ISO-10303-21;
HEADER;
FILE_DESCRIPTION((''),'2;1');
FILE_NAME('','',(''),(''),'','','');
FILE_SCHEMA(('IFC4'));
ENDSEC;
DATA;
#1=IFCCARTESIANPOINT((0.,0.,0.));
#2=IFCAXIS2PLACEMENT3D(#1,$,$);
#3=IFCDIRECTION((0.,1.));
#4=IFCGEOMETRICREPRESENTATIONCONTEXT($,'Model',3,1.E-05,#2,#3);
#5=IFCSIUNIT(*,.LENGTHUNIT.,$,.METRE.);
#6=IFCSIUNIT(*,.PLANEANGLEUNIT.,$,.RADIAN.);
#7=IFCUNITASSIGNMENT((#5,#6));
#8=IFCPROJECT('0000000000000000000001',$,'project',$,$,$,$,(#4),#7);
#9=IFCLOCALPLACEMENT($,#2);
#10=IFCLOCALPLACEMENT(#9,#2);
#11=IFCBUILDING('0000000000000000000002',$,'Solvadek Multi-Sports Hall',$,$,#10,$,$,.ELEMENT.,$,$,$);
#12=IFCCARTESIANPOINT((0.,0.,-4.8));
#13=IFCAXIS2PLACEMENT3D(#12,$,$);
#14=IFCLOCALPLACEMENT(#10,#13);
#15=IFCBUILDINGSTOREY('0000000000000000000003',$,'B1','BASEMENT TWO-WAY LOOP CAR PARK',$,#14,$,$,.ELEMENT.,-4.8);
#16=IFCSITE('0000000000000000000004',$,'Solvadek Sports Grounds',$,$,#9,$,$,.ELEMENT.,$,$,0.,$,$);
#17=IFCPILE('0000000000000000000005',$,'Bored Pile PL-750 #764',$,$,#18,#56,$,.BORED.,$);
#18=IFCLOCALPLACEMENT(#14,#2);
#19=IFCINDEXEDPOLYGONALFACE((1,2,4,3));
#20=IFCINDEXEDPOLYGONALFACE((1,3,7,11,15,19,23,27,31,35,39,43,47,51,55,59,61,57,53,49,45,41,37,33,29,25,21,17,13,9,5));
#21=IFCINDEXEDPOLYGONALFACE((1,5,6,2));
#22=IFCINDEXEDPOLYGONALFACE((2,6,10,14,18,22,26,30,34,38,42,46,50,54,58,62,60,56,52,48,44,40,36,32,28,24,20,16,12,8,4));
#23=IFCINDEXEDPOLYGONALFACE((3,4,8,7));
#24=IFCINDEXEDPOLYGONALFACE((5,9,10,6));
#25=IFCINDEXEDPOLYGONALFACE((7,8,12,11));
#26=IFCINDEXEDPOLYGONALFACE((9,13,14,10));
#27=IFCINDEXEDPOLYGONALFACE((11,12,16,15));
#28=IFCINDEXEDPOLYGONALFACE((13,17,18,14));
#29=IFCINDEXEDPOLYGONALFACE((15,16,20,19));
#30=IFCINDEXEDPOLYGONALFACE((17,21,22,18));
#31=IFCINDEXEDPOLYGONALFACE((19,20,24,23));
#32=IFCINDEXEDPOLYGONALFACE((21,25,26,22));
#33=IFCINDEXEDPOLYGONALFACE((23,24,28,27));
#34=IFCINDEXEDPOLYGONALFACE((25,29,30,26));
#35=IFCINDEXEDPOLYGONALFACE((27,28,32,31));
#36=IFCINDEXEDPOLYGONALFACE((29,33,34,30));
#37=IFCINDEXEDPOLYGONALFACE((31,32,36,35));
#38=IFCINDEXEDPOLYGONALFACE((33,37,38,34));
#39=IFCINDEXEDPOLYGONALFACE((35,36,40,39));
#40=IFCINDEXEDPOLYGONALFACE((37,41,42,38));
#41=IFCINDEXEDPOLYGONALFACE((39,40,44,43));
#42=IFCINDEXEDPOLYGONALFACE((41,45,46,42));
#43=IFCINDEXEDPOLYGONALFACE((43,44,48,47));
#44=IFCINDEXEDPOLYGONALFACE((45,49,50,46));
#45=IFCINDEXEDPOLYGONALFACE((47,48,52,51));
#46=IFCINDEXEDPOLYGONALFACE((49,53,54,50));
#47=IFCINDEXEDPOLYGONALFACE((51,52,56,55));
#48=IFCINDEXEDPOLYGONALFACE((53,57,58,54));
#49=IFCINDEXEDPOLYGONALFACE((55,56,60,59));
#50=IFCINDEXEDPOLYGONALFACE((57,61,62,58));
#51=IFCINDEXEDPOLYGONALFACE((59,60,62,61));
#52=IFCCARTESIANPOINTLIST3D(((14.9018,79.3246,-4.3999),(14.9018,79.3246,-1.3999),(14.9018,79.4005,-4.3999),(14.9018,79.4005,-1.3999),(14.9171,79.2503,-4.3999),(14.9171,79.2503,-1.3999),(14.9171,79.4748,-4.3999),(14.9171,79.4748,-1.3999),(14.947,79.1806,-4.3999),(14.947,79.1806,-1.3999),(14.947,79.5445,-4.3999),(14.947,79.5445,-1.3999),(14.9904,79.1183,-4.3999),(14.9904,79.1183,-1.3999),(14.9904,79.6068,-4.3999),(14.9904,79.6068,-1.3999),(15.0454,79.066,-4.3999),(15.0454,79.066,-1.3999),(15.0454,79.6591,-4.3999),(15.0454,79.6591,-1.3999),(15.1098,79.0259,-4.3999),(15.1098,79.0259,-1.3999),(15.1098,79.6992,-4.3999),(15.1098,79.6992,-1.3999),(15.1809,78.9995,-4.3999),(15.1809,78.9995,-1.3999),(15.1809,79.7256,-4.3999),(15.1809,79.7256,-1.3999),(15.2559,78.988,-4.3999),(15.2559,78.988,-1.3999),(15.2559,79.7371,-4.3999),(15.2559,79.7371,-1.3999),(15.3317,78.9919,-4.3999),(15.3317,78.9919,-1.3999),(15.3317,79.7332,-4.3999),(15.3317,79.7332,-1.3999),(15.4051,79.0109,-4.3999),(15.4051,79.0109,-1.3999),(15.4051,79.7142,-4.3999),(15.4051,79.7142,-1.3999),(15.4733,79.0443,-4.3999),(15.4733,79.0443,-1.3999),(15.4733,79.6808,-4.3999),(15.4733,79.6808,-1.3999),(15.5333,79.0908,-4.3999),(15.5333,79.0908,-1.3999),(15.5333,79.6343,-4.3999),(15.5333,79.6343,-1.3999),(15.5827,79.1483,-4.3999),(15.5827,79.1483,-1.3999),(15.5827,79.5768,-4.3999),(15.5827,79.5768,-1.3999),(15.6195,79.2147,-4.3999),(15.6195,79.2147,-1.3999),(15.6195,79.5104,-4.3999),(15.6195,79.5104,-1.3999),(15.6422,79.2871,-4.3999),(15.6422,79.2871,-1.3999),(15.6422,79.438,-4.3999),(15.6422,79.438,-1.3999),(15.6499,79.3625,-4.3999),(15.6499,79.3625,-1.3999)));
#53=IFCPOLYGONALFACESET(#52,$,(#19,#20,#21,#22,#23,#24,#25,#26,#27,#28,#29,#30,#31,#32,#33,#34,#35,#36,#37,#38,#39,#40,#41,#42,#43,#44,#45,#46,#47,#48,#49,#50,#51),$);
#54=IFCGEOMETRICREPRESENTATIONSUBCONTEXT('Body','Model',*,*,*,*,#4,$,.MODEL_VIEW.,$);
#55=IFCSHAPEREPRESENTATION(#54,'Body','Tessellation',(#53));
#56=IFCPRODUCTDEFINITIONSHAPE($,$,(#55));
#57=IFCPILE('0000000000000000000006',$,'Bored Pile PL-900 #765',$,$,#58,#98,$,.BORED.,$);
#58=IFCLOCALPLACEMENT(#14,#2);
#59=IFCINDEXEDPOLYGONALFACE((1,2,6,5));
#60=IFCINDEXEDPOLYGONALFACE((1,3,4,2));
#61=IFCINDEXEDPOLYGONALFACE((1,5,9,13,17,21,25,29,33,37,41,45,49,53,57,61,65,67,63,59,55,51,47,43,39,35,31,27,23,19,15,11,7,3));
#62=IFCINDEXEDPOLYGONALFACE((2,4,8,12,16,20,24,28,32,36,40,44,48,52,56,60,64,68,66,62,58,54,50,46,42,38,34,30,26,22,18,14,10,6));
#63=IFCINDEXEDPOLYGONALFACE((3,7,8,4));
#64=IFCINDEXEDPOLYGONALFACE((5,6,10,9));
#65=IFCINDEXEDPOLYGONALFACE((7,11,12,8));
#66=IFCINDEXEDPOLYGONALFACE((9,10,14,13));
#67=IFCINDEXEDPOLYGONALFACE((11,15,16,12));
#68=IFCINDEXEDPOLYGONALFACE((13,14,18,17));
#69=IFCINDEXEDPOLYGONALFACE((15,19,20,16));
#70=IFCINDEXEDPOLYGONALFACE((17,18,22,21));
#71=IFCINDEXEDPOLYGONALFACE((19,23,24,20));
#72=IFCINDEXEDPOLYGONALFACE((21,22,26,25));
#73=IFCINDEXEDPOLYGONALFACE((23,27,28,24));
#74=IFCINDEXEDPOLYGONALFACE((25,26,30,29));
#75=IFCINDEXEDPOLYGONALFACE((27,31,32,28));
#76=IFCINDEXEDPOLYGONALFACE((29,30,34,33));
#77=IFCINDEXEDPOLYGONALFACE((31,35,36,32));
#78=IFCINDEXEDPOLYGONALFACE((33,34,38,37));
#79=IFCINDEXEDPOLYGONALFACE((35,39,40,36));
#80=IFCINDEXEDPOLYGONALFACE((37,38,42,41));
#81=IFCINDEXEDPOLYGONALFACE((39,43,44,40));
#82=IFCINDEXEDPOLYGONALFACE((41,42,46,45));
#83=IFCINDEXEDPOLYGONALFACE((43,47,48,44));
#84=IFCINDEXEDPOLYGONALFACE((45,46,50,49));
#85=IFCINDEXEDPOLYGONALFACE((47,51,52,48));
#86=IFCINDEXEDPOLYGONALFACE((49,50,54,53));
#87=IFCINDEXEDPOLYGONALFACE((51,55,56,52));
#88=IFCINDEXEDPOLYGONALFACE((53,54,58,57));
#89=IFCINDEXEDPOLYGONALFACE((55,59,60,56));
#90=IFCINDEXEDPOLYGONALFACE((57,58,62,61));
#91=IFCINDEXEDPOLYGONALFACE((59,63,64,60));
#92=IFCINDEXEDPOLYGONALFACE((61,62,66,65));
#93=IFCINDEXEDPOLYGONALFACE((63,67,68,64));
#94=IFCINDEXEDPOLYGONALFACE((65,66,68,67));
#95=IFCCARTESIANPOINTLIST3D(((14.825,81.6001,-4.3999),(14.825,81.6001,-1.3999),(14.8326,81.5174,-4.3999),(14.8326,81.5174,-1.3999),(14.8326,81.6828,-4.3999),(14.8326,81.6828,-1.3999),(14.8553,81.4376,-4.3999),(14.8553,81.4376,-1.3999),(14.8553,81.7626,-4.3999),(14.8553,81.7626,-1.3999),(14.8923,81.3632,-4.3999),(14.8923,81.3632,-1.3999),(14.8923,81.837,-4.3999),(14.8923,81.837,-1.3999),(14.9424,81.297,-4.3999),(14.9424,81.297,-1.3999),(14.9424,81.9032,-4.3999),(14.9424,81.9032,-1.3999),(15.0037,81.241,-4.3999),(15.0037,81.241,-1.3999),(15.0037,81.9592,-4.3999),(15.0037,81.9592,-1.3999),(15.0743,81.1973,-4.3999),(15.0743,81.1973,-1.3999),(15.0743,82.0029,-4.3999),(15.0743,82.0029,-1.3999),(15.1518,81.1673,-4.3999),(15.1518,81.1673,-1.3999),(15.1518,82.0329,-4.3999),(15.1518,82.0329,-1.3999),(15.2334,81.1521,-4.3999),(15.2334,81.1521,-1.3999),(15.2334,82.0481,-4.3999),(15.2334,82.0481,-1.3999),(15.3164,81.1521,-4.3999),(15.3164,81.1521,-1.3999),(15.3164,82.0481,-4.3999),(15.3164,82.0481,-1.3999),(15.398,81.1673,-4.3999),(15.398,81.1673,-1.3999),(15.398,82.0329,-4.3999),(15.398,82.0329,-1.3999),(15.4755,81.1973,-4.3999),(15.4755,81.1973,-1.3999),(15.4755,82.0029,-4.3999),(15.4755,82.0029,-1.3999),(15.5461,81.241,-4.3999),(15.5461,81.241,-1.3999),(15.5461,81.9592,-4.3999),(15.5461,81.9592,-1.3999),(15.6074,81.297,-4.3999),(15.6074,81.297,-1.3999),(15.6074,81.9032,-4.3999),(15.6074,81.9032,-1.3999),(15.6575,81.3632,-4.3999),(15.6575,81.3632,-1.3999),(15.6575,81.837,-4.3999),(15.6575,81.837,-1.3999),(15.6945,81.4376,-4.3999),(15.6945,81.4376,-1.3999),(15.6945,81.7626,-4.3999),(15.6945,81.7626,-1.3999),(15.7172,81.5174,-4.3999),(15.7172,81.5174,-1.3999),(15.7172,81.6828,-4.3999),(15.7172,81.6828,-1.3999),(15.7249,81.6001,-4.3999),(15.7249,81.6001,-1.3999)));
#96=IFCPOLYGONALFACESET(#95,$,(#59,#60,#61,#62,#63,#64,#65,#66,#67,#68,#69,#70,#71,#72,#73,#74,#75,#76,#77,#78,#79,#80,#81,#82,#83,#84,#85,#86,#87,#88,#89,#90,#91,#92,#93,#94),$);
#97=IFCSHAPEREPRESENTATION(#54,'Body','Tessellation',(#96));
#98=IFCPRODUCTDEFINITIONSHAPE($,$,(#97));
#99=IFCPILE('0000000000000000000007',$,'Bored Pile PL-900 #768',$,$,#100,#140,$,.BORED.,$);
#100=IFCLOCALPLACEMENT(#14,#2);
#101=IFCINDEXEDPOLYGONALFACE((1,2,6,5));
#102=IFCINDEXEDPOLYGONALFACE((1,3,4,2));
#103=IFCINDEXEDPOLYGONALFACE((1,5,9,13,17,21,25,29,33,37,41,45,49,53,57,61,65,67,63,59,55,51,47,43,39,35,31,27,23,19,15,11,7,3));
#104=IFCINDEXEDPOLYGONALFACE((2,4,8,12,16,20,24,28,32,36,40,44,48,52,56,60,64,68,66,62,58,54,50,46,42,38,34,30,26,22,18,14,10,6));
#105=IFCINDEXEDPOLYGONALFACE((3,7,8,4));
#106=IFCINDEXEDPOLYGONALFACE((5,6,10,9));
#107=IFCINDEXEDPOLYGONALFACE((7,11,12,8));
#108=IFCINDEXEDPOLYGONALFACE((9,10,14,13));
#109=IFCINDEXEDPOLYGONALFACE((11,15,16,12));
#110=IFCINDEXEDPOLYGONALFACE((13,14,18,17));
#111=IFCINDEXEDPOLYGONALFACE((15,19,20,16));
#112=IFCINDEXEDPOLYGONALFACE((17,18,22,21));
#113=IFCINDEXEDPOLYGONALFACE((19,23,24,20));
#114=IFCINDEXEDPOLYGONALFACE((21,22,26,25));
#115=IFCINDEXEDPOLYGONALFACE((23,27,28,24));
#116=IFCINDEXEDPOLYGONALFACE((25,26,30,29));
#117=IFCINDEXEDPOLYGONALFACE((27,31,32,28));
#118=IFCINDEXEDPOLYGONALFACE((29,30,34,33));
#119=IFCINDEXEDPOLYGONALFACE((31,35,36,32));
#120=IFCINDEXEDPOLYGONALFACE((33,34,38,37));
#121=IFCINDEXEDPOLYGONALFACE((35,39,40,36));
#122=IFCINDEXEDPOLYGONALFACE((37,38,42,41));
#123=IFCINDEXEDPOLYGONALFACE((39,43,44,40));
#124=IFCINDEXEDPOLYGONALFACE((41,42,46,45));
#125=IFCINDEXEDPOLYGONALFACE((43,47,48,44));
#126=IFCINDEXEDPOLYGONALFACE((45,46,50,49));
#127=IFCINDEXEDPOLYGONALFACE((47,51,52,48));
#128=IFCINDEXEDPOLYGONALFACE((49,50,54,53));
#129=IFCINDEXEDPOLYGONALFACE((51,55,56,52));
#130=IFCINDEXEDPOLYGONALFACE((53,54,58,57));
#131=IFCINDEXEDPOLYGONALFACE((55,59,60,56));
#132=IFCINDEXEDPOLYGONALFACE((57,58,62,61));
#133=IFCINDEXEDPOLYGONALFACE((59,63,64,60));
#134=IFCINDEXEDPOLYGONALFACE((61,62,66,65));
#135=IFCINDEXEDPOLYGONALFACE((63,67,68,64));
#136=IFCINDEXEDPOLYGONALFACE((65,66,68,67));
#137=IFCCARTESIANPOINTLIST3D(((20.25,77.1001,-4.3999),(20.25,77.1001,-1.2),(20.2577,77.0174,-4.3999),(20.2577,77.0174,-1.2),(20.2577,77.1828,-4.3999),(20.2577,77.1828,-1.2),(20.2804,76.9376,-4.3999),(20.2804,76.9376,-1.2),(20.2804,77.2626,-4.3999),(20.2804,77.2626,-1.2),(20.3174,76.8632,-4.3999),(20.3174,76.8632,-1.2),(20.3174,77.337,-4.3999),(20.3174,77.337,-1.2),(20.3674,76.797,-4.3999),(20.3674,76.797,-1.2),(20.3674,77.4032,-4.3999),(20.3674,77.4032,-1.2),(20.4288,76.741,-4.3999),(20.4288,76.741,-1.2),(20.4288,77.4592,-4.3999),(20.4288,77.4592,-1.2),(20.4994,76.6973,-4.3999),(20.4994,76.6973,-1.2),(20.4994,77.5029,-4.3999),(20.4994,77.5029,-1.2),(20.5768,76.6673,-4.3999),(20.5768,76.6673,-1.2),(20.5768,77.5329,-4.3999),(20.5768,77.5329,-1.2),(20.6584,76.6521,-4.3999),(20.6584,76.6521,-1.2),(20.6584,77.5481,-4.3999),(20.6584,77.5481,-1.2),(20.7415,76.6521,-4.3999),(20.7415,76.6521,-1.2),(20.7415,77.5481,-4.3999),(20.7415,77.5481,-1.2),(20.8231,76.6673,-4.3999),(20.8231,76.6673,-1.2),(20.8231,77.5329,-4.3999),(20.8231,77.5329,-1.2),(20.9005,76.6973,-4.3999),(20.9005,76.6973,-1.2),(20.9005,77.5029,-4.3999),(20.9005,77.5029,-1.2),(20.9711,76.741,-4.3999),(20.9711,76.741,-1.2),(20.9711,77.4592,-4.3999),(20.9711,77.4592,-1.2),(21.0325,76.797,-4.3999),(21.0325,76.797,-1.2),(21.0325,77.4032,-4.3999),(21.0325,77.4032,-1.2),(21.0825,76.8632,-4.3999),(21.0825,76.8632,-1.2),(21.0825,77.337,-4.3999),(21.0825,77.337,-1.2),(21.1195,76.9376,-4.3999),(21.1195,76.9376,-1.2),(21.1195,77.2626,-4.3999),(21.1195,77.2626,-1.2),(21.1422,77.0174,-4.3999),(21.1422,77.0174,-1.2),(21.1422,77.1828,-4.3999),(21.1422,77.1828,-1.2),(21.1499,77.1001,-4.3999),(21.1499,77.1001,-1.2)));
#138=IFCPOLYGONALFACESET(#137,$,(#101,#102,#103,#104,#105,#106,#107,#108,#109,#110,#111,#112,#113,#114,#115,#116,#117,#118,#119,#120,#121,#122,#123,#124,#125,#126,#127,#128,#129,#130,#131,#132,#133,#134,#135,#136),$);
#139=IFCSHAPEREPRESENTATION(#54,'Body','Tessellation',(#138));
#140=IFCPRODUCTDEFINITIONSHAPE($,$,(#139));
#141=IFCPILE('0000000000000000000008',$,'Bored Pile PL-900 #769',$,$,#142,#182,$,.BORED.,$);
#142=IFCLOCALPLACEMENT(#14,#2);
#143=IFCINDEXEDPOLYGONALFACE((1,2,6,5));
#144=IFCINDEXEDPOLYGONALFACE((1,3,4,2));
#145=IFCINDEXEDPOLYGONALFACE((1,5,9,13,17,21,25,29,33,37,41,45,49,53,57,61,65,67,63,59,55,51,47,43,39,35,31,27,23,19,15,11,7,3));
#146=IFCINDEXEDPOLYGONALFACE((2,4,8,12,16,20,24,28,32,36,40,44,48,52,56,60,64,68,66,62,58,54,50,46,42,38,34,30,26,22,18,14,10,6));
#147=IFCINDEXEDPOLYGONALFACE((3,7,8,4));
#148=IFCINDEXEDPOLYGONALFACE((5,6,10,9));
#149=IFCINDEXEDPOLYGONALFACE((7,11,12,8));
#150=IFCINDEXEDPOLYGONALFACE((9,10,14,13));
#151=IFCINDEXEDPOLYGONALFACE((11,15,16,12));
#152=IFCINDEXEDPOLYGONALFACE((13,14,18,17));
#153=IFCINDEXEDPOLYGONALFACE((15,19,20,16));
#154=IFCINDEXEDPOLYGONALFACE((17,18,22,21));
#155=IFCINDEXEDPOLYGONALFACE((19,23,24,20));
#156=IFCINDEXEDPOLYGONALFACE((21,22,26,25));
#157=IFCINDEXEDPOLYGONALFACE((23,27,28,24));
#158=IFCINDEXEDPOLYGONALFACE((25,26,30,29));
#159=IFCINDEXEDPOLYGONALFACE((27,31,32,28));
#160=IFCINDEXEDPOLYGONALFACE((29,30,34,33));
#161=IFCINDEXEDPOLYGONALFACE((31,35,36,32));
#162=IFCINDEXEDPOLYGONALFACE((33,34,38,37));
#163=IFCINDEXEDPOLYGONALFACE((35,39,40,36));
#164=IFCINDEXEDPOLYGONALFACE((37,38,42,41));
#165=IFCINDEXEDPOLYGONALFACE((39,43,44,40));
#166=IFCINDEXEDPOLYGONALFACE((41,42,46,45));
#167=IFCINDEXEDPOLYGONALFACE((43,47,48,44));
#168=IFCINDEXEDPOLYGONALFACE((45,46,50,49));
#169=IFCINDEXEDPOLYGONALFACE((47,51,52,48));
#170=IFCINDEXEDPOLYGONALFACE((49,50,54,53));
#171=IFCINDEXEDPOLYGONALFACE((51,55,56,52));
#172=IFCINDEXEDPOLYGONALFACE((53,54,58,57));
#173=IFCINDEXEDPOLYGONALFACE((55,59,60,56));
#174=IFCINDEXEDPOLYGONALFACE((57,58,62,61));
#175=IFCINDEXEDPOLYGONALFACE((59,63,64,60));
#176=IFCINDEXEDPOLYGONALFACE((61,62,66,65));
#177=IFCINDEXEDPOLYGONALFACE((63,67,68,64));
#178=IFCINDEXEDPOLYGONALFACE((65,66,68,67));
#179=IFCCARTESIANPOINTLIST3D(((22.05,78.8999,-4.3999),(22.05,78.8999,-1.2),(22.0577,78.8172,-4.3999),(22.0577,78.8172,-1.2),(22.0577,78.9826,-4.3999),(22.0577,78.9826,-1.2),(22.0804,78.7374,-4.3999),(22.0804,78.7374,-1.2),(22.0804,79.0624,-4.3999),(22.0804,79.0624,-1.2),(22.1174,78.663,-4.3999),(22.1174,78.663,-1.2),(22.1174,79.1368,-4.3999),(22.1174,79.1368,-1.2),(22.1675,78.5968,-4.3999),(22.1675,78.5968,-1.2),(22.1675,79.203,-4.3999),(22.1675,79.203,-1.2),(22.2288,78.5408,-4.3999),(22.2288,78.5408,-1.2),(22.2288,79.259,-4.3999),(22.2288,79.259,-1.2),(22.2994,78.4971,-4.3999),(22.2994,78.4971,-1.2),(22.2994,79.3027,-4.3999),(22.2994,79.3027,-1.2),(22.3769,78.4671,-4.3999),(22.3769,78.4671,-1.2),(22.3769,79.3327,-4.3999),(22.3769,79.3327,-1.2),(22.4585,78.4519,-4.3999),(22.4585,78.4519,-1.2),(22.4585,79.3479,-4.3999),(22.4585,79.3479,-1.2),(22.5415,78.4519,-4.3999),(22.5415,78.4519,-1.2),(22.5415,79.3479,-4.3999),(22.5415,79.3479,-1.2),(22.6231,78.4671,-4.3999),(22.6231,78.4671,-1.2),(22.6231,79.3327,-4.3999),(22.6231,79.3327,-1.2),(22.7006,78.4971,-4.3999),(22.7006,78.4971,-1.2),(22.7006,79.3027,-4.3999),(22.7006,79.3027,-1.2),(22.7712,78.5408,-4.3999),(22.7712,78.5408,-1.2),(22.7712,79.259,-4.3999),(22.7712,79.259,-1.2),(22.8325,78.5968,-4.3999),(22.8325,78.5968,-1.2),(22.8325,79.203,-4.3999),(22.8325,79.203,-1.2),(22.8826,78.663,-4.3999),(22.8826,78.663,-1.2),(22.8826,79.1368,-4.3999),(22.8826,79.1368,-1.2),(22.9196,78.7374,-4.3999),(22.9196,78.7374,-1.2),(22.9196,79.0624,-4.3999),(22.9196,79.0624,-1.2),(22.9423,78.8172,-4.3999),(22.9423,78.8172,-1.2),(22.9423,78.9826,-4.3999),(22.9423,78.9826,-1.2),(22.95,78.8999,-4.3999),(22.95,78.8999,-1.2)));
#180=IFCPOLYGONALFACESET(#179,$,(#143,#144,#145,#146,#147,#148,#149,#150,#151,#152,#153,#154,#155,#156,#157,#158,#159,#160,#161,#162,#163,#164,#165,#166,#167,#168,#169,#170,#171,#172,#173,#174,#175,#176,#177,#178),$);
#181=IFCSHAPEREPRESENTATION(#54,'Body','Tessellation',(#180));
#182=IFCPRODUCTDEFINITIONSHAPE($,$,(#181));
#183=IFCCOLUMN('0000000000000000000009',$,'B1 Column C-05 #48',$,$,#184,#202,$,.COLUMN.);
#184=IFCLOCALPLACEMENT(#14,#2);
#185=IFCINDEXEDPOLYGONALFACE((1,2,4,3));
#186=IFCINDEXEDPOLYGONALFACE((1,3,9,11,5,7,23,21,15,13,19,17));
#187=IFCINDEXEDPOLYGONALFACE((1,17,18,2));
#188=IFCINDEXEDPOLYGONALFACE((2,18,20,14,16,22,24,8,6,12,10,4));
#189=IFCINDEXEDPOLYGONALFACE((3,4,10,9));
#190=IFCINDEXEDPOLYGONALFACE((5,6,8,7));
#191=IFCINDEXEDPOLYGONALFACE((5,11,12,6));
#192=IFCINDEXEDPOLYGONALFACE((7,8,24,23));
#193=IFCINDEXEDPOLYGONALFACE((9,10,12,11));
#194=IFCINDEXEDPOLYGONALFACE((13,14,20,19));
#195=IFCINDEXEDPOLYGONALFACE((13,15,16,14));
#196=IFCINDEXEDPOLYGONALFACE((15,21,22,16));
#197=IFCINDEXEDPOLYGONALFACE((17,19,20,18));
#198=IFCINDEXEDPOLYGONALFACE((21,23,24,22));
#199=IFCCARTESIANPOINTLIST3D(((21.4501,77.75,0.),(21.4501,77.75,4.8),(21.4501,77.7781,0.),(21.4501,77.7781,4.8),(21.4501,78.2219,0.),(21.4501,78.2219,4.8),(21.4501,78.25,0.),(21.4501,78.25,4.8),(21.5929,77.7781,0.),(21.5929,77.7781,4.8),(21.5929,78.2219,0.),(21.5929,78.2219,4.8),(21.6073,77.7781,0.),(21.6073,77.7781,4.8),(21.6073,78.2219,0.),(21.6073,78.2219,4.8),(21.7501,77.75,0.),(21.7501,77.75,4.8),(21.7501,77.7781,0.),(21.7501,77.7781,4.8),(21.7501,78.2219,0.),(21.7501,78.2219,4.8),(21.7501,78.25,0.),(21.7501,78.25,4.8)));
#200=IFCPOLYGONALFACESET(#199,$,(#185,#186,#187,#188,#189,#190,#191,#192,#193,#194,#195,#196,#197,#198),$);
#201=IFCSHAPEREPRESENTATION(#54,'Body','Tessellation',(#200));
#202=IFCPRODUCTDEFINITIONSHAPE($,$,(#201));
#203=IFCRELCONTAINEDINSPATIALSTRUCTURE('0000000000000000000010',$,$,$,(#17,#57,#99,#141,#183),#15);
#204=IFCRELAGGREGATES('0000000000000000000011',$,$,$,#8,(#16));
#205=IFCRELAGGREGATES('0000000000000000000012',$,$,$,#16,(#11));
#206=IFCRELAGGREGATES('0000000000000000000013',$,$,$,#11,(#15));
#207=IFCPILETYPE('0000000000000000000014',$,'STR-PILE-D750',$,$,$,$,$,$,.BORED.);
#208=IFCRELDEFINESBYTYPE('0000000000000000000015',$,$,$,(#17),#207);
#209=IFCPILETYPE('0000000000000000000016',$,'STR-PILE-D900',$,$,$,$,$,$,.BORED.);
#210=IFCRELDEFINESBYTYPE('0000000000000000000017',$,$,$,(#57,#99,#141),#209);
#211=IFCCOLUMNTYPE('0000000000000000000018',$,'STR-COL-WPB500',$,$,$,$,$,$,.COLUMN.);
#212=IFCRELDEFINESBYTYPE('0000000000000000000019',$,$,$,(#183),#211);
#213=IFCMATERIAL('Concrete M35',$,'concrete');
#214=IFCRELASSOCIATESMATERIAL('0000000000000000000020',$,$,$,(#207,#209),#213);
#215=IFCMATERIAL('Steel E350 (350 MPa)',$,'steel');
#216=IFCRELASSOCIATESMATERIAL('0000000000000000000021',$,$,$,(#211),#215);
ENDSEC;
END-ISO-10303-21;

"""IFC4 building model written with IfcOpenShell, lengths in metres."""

from ifc_helpers import new_model, si_unit, direction, frame, origin, origin_2d, place, context, subcontext, project, spatial, circle, i_section, extrude, material, material_profile, profile_set, type_object, element, save


model = new_model("IFC4")

# Units and contexts
model_context = context("Model", 3, precision=1e-05, world=origin(), true_north=direction((0.0, 1.0)))
body_context = subcontext(model_context, "Body", "Model", "MODEL_VIEW")
ifc_project = project(units=[si_unit("LENGTHUNIT", "METRE"), si_unit("PLANEANGLEUNIT", "RADIAN")], contexts=[model_context])

# Site, building, storey
site_placement = place(None, origin())
site = spatial("IfcSite", under=ifc_project, at=site_placement, Name="Solvadek Sports Grounds", CompositionType="ELEMENT", RefElevation=0.0)
building_placement = place(site_placement, origin())
building = spatial("IfcBuilding", under=site, at=building_placement, Name="Solvadek Multi-Sports Hall", CompositionType="ELEMENT")
storey_placement = place(building_placement, frame((0.0, 0.0, -4.8)))
storey = spatial("IfcBuildingStorey", under=building, at=storey_placement, Name="B1", Description="BASEMENT TWO-WAY LOOP CAR PARK", CompositionType="ELEMENT", Elevation=-4.8)

# Piles
ifc_material_1 = material(Name="Concrete M35", Category="concrete")
ifc_material_profile_1 = material_profile(ifc_material_1, circle(Radius=0.375, at=origin_2d()), Name="BORED PILE D750")
ifc_profile_set_1 = profile_set([ifc_material_profile_1], Name="Concrete M35")
pile_type_1 = type_object("IfcPileType", Name="STR-PILE-D750", PredefinedType="BORED", material=ifc_profile_set_1)
pile_1_placement = place(storey_placement, frame((15.2749, 79.3625, -1.3999), z_axis=(0.0, 0.0, -1.0), x_axis=(1.0, 0.0, 0.0)))
element("IfcPile", 1, at=pile_1_placement, inside=storey, type_object=pile_type_1, Name="Bored Pile PL-750 #764", PredefinedType="BORED", context=body_context, shape_type="SweptSolid", body=[
    extrude(circle(Radius=0.375, at=origin_2d()), origin(), (0.0, 0.0, 1.0), 3.0),
])
ifc_material_profile_2 = material_profile(ifc_material_1, circle(Radius=0.45, at=origin_2d()), Name="BORED PILE D900")
ifc_profile_set_2 = profile_set([ifc_material_profile_2], Name="Concrete M35")
pile_type_2 = type_object("IfcPileType", Name="STR-PILE-D900", PredefinedType="BORED", material=ifc_profile_set_2)
pile_2_placement = place(storey_placement, frame((15.2749, 81.6001, -1.3999), z_axis=(0.0, 0.0, -1.0), x_axis=(1.0, 0.0, 0.0)))
element("IfcPile", 2, at=pile_2_placement, inside=storey, type_object=pile_type_2, Name="Bored Pile PL-900 #765", PredefinedType="BORED", context=body_context, shape_type="SweptSolid", body=[
    extrude(circle(Radius=0.45, at=origin_2d()), origin(), (0.0, 0.0, 1.0), 3.0),
])
for number, where, z_axis, x_axis, name in (
    (3, (20.7, 77.1001, -1.2), (0.0, 0.0, -1.0), (1.0, 0.0, 0.0), "Bored Pile PL-900 #768"),
    (4, (22.5, 78.8999, -1.2), (0.0, 0.0, -1.0), (1.0, 0.0, 0.0), "Bored Pile PL-900 #769"),
):
    element("IfcPile", number, at=place(storey_placement, frame(where, z_axis=z_axis, x_axis=x_axis)), inside=storey, type_object=pile_type_2, Name=name, PredefinedType="BORED", context=body_context, shape_type="SweptSolid", body=[
        extrude(circle(Radius=0.45, at=origin_2d()), origin(), (0.0, 0.0, 1.0), 3.2),
    ])

# Column
ifc_material_2 = material(Name="Steel E350 (350 MPa)", Category="steel")
ifc_material_profile_3 = material_profile(ifc_material_2, i_section(OverallWidth=0.3, OverallDepth=0.5, WebThickness=0.0144, FlangeThickness=0.0281, at=origin_2d()), Name="WPB 500")
ifc_profile_set_3 = profile_set([ifc_material_profile_3], Name="Steel E350 (350 MPa)")
column_type_1 = type_object("IfcColumnType", Name="STR-COL-WPB500", PredefinedType="COLUMN", material=ifc_profile_set_3)
column_1_placement = place(storey_placement, frame((21.6001, 78.0, 0.0), z_axis=(0.0, 0.0, 1.0), x_axis=(1.0, 0.0, 0.0)))
element("IfcColumn", 5, at=column_1_placement, inside=storey, type_object=column_type_1, Name="B1 Column C-05 #48", PredefinedType="COLUMN", context=body_context, shape_type="SweptSolid", body=[
    extrude(i_section(OverallWidth=0.3, OverallDepth=0.5, WebThickness=0.0144, FlangeThickness=0.0281, at=origin_2d()), origin(), (0.0, 0.0, 1.0), 4.8),
])

save(model, "model.ifc")
